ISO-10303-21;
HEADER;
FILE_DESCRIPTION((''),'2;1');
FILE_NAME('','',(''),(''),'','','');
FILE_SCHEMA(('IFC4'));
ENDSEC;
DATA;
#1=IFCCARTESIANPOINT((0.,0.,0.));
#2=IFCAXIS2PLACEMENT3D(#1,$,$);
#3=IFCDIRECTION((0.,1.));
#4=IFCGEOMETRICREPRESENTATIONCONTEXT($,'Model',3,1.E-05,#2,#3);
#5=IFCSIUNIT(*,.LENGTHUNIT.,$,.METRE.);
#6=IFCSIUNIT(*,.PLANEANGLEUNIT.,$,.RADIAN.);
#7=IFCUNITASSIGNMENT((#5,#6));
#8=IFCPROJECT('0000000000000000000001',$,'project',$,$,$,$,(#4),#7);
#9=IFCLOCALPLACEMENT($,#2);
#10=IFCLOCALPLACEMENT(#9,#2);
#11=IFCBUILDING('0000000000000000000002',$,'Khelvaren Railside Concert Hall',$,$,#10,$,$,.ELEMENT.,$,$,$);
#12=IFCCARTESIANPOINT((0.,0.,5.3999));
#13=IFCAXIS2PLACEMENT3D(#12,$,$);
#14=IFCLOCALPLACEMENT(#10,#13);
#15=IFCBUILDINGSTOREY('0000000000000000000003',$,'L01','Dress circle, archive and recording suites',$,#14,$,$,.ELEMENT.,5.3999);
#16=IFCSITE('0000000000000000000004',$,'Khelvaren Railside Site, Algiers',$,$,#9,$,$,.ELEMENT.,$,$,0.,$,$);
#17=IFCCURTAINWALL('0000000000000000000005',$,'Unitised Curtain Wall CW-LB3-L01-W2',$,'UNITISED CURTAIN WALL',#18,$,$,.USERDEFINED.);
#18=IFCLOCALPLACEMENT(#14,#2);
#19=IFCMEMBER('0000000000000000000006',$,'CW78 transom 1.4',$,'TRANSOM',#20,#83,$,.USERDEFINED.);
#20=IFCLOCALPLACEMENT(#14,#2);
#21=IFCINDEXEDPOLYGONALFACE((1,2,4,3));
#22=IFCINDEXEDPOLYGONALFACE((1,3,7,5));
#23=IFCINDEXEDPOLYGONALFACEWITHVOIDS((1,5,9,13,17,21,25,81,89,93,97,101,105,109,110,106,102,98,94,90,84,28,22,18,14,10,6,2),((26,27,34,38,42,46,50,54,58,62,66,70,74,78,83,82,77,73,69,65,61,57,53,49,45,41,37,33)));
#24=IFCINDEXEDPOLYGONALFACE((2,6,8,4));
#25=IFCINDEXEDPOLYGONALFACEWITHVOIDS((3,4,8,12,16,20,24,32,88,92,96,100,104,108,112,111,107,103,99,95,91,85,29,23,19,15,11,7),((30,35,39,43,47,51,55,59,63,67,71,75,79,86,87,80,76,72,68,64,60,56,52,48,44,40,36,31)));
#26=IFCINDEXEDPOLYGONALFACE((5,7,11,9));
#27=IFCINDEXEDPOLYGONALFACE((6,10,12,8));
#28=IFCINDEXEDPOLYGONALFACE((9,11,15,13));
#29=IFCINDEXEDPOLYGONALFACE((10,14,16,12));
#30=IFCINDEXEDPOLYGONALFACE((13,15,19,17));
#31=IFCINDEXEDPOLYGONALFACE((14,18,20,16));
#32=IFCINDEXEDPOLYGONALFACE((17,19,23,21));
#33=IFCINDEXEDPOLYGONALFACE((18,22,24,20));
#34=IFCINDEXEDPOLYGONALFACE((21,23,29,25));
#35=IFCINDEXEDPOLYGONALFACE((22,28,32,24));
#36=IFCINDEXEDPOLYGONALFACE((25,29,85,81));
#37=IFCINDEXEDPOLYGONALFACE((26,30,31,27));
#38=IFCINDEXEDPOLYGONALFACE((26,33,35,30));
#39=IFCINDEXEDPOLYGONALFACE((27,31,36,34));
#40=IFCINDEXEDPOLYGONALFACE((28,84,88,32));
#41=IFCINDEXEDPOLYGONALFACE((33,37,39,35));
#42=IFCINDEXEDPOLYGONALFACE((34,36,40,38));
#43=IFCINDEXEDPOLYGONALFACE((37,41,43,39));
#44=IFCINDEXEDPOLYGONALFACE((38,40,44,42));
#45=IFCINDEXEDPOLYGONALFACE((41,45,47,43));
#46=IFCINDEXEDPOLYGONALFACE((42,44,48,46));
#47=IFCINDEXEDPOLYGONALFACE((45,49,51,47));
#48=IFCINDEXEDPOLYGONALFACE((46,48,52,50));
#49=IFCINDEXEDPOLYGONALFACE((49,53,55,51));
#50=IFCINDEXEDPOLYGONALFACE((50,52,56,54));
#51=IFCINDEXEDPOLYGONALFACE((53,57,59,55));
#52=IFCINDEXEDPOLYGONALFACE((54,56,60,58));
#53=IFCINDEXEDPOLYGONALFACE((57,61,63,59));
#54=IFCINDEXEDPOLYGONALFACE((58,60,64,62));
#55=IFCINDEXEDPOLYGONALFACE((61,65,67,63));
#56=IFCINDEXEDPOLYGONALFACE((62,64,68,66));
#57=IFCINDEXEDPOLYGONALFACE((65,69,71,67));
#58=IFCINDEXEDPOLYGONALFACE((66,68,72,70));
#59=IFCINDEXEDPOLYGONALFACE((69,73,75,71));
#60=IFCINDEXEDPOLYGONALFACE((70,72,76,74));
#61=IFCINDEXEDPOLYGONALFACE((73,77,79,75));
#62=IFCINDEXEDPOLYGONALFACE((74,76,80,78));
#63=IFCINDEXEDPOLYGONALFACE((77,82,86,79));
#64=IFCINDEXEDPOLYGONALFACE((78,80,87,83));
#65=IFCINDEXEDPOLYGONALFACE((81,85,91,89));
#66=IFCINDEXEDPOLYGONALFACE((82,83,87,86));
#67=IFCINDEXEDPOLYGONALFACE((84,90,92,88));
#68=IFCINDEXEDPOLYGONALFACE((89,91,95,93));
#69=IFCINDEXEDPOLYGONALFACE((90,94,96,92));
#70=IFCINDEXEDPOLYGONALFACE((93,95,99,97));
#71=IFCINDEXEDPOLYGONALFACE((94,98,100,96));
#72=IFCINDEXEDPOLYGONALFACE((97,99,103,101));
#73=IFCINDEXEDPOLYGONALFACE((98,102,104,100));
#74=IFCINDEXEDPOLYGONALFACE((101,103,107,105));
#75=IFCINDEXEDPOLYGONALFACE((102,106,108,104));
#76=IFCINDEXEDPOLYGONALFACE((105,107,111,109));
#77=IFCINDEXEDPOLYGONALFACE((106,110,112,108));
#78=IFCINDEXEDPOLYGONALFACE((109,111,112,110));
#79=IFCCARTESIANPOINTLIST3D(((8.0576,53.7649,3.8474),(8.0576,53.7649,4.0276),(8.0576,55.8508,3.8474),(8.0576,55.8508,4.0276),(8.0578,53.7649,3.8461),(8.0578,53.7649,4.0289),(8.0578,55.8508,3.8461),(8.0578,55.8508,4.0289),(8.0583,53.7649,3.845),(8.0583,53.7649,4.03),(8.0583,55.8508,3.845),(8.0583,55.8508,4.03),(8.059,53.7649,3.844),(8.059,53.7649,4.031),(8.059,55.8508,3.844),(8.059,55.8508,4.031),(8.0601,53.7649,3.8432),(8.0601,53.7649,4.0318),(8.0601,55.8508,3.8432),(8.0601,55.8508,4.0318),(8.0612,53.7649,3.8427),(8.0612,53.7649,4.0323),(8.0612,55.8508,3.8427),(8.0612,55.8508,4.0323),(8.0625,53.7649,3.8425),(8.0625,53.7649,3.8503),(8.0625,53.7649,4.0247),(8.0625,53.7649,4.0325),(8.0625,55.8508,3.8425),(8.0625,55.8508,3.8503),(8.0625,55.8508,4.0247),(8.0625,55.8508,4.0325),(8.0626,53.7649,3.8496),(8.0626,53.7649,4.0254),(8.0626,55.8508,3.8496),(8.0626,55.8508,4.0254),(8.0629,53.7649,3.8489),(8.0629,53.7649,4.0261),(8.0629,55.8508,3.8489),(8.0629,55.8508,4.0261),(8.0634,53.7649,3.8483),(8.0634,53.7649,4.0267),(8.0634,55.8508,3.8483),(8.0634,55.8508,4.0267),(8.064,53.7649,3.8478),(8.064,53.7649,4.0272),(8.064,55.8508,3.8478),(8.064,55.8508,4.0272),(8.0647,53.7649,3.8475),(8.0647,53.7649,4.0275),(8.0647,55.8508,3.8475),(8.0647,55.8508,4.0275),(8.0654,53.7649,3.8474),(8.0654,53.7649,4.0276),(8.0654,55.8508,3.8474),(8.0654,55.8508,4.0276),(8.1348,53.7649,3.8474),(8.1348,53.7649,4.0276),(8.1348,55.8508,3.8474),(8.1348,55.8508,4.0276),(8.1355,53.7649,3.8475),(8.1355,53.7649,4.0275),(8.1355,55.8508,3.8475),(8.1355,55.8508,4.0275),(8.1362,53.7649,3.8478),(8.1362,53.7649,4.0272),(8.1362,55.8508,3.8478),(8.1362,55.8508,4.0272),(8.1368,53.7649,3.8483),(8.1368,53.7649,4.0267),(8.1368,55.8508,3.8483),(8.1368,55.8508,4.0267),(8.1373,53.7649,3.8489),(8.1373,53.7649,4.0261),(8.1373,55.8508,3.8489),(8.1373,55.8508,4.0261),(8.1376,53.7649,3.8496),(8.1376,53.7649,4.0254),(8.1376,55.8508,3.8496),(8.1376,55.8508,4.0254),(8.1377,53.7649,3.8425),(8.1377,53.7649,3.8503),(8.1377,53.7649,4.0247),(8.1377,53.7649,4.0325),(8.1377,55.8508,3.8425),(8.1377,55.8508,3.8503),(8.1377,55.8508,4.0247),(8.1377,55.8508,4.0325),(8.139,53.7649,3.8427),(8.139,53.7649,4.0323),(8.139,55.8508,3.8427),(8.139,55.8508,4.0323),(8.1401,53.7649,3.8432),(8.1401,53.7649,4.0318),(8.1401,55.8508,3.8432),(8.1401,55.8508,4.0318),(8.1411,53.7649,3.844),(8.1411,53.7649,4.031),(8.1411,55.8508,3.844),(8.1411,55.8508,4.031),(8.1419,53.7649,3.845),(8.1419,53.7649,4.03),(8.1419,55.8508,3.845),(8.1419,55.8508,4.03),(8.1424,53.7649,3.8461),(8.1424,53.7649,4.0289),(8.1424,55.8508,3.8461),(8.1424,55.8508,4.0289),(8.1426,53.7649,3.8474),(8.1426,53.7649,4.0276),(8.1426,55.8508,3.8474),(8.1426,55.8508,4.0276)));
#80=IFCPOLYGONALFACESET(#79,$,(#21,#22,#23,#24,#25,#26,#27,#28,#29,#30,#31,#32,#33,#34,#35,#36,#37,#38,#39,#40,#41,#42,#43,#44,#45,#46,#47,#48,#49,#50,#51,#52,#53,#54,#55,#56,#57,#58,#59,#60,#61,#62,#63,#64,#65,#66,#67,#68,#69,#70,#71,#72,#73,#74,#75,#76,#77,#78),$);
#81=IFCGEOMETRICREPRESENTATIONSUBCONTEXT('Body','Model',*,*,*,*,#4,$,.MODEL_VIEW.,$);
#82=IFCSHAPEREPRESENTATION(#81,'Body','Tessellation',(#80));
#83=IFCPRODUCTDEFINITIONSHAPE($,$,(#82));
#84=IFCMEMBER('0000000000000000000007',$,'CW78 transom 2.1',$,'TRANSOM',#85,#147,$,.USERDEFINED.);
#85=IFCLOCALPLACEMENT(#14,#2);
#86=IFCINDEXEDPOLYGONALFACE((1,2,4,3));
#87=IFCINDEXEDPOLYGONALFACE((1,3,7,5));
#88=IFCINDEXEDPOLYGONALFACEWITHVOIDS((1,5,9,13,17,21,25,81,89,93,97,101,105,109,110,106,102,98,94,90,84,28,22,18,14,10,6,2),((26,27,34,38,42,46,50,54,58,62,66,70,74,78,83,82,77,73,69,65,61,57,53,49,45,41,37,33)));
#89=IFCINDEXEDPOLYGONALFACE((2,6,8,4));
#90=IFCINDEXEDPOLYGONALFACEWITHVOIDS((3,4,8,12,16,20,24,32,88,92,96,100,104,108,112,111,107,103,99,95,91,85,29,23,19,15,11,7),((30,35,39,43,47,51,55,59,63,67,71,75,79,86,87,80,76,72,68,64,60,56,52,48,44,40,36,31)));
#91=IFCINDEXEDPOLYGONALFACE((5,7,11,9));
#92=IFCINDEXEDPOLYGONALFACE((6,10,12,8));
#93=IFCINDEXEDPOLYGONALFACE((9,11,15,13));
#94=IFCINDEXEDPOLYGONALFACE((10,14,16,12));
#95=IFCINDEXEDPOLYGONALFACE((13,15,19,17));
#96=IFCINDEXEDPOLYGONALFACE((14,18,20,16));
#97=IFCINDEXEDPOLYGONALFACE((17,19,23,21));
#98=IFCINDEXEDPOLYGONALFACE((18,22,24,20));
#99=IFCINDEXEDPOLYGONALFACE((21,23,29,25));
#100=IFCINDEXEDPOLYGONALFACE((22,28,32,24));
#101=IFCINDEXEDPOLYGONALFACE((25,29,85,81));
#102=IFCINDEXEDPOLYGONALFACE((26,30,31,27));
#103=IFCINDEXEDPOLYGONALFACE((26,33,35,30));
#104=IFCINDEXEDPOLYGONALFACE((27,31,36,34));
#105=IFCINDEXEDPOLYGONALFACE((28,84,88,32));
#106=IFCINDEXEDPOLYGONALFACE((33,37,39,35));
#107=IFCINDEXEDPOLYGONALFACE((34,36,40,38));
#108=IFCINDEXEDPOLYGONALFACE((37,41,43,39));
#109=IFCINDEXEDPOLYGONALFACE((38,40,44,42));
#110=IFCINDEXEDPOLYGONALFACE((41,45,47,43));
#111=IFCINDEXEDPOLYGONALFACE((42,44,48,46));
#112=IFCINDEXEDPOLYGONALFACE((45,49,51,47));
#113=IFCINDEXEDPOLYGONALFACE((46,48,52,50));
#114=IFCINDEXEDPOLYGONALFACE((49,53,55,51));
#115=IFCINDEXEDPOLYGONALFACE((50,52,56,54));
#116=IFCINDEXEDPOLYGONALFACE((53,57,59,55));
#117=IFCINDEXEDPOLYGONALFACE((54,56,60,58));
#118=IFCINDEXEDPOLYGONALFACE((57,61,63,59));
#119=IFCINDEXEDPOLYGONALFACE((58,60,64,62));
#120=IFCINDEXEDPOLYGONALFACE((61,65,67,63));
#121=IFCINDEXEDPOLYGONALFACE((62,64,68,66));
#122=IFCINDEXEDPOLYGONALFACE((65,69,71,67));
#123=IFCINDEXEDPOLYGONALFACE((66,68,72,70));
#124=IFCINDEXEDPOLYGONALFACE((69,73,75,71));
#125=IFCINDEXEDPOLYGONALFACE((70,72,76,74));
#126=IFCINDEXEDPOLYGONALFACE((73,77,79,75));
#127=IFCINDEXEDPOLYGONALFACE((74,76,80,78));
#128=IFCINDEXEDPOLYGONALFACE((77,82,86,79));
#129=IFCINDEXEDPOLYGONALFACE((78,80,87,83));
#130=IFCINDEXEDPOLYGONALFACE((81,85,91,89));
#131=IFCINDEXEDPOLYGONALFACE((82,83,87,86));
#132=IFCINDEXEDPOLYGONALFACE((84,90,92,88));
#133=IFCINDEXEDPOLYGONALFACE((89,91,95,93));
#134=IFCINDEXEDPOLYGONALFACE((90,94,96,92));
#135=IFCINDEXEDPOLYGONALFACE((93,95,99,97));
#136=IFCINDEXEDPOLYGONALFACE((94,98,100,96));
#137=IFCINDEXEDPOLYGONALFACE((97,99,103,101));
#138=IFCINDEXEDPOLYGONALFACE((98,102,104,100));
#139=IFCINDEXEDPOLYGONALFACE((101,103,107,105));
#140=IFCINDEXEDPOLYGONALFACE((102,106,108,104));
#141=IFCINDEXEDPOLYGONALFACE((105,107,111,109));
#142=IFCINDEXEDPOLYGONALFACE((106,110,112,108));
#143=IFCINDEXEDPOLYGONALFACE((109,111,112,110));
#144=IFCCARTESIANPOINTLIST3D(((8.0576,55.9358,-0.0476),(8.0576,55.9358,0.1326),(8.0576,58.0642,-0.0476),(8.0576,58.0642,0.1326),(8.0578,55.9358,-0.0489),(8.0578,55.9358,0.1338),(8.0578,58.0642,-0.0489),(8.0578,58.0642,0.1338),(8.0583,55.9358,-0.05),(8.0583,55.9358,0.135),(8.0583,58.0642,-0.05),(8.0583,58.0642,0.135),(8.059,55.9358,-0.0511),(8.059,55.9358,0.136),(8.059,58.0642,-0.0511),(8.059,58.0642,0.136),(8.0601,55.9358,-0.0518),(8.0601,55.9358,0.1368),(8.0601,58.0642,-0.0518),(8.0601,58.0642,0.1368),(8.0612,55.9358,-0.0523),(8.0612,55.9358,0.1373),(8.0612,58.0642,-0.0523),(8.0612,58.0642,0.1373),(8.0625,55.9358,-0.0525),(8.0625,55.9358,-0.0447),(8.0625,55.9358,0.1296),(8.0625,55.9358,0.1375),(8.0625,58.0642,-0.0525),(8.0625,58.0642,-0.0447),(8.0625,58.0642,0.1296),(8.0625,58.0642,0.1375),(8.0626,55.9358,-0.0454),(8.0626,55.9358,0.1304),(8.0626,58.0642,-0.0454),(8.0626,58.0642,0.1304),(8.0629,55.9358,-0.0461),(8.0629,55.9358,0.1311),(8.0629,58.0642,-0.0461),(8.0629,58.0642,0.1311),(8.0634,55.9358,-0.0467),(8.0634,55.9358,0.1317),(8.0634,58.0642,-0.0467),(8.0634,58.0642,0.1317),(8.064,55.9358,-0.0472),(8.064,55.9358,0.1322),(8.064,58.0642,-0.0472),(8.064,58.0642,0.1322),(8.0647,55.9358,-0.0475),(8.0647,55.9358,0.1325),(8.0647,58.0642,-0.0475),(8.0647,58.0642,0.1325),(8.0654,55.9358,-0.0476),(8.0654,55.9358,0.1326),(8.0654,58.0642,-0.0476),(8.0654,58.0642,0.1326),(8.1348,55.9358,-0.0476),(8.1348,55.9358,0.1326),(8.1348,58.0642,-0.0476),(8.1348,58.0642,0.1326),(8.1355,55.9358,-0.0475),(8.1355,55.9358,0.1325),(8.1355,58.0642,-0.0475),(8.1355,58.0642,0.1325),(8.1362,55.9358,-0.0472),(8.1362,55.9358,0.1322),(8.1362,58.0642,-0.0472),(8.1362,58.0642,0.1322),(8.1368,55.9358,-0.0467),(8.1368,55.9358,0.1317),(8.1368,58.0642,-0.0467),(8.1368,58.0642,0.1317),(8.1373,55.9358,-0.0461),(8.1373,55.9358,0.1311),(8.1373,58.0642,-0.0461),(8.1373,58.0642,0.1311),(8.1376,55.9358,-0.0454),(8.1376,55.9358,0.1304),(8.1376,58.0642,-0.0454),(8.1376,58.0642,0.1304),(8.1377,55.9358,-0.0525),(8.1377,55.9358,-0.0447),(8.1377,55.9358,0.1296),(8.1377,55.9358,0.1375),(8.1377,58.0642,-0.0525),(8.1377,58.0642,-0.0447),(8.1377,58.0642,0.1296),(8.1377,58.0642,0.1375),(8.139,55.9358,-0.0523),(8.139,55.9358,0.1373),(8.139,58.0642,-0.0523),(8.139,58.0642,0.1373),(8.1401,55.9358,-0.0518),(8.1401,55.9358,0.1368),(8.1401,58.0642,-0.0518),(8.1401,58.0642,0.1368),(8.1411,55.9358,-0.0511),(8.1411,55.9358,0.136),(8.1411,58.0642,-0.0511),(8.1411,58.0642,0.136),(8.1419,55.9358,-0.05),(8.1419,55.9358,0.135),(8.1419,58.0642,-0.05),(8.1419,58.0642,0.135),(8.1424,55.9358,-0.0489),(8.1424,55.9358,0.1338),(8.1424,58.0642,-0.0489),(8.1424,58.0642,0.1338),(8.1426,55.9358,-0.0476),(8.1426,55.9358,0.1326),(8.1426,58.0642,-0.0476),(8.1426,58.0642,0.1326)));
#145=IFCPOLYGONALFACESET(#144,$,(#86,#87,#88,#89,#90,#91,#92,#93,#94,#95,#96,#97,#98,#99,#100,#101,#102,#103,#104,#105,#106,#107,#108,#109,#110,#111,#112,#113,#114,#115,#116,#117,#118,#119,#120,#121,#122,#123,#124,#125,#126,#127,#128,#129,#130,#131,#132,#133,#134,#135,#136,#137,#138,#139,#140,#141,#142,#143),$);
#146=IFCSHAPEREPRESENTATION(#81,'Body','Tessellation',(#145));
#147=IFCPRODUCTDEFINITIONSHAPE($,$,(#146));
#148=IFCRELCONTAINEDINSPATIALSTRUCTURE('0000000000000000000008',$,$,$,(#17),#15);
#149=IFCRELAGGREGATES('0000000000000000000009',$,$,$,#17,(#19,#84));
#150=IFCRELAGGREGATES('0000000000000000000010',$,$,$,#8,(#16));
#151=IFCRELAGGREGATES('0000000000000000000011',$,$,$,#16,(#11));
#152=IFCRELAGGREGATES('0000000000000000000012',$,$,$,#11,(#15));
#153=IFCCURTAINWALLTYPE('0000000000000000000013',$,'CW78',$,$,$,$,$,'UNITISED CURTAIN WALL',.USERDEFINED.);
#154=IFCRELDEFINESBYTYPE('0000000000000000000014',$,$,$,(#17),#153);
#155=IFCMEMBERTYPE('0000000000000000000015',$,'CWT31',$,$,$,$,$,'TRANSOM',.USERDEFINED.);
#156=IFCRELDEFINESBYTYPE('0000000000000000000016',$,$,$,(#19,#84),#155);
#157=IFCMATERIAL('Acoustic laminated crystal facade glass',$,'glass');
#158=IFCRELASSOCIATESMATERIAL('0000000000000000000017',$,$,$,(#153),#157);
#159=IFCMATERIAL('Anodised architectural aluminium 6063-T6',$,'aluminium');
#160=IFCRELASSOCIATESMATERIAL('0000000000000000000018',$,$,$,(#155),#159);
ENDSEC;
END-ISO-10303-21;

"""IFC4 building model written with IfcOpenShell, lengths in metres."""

from ifc_helpers import new_model, si_unit, direction, frame, origin, origin_2d, place, context, subcontext, project, spatial, hollow_rectangle, extrude, material, material_profile, profile_set, type_object, element, aggregate, save


model = new_model("IFC4")

# Units and contexts
model_context = context("Model", 3, precision=1e-05, world=origin(), true_north=direction((0.0, 1.0)))
body_context = subcontext(model_context, "Body", "Model", "MODEL_VIEW")
ifc_project = project(units=[si_unit("LENGTHUNIT", "METRE"), si_unit("PLANEANGLEUNIT", "RADIAN")], contexts=[model_context])

# Site, building, storey
site_placement = place(None, origin())
site = spatial("IfcSite", under=ifc_project, at=site_placement, Name="Khelvaren Railside Site, Algiers", CompositionType="ELEMENT", RefElevation=0.0)
building_placement = place(site_placement, origin())
building = spatial("IfcBuilding", under=site, at=building_placement, Name="Khelvaren Railside Concert Hall", CompositionType="ELEMENT")
storey_placement = place(building_placement, frame((0.0, 0.0, 5.3999)))
storey = spatial("IfcBuildingStorey", under=building, at=storey_placement, Name="L01", Description="Dress circle, archive and recording suites", CompositionType="ELEMENT", Elevation=5.3999)

# Curtain wall
ifc_material_1 = material(Name="Acoustic laminated crystal facade glass", Category="glass")
curtain_wall_type = type_object("IfcCurtainWallType", Name="CW78", ElementType="UNITISED CURTAIN WALL", PredefinedType="USERDEFINED", material=ifc_material_1)
curtain_wall_1_placement = place(storey_placement, origin())
curtain_wall_1 = element("IfcCurtainWall", 1, at=curtain_wall_1_placement, inside=storey, type_object=curtain_wall_type, Name="Unitised Curtain Wall CW-LB3-L01-W2", ObjectType="UNITISED CURTAIN WALL", PredefinedType="USERDEFINED")
ifc_material_2 = material(Name="Anodised architectural aluminium 6063-T6", Category="aluminium")

# Members
ifc_material_profile_1 = material_profile(ifc_material_2, hollow_rectangle(XDim=0.085, YDim=0.1899, WallThickness=0.0049, InnerFilletRadius=0.0029, OuterFilletRadius=0.0049, at=origin_2d()), Name="CWT 85x190x5")
ifc_profile_set_1 = profile_set([ifc_material_profile_1], Name="Anodised architectural aluminium 6063-T6")
member_type_1 = type_object("IfcMemberType", Name="CWT31", ElementType="TRANSOM", PredefinedType="USERDEFINED", material=ifc_profile_set_1)
member_1_placement = place(storey_placement, frame((8.1001, 53.7649, 3.9375), z_axis=(0.0, 1.0, 0.0), x_axis=(-1.0, 0.0, 0.0)))
member_1 = element("IfcMember", 2, at=member_1_placement, type_object=member_type_1, Name="CW78 transom 1.4", ObjectType="TRANSOM", PredefinedType="USERDEFINED", context=body_context, shape_type="SweptSolid", body=[
    extrude(hollow_rectangle(XDim=0.085, YDim=0.1899, WallThickness=0.0049, InnerFilletRadius=0.0029, OuterFilletRadius=0.0049, at=origin_2d()), origin(), (0.0, 0.0, 1.0), 2.0859),
])
member_2_placement = place(storey_placement, frame((8.1001, 55.9358, 0.0425), z_axis=(0.0, 1.0, 0.0), x_axis=(-1.0, 0.0, 0.0)))
member_2 = element("IfcMember", 3, at=member_2_placement, type_object=member_type_1, Name="CW78 transom 2.1", ObjectType="TRANSOM", PredefinedType="USERDEFINED", context=body_context, shape_type="SweptSolid", body=[
    extrude(hollow_rectangle(XDim=0.085, YDim=0.1899, WallThickness=0.0049, InnerFilletRadius=0.0029, OuterFilletRadius=0.0049, at=origin_2d()), origin(), (0.0, 0.0, 1.0), 2.1284),
])

aggregate(curtain_wall_1, [member_1, member_2])

save(model, "model.ifc")
